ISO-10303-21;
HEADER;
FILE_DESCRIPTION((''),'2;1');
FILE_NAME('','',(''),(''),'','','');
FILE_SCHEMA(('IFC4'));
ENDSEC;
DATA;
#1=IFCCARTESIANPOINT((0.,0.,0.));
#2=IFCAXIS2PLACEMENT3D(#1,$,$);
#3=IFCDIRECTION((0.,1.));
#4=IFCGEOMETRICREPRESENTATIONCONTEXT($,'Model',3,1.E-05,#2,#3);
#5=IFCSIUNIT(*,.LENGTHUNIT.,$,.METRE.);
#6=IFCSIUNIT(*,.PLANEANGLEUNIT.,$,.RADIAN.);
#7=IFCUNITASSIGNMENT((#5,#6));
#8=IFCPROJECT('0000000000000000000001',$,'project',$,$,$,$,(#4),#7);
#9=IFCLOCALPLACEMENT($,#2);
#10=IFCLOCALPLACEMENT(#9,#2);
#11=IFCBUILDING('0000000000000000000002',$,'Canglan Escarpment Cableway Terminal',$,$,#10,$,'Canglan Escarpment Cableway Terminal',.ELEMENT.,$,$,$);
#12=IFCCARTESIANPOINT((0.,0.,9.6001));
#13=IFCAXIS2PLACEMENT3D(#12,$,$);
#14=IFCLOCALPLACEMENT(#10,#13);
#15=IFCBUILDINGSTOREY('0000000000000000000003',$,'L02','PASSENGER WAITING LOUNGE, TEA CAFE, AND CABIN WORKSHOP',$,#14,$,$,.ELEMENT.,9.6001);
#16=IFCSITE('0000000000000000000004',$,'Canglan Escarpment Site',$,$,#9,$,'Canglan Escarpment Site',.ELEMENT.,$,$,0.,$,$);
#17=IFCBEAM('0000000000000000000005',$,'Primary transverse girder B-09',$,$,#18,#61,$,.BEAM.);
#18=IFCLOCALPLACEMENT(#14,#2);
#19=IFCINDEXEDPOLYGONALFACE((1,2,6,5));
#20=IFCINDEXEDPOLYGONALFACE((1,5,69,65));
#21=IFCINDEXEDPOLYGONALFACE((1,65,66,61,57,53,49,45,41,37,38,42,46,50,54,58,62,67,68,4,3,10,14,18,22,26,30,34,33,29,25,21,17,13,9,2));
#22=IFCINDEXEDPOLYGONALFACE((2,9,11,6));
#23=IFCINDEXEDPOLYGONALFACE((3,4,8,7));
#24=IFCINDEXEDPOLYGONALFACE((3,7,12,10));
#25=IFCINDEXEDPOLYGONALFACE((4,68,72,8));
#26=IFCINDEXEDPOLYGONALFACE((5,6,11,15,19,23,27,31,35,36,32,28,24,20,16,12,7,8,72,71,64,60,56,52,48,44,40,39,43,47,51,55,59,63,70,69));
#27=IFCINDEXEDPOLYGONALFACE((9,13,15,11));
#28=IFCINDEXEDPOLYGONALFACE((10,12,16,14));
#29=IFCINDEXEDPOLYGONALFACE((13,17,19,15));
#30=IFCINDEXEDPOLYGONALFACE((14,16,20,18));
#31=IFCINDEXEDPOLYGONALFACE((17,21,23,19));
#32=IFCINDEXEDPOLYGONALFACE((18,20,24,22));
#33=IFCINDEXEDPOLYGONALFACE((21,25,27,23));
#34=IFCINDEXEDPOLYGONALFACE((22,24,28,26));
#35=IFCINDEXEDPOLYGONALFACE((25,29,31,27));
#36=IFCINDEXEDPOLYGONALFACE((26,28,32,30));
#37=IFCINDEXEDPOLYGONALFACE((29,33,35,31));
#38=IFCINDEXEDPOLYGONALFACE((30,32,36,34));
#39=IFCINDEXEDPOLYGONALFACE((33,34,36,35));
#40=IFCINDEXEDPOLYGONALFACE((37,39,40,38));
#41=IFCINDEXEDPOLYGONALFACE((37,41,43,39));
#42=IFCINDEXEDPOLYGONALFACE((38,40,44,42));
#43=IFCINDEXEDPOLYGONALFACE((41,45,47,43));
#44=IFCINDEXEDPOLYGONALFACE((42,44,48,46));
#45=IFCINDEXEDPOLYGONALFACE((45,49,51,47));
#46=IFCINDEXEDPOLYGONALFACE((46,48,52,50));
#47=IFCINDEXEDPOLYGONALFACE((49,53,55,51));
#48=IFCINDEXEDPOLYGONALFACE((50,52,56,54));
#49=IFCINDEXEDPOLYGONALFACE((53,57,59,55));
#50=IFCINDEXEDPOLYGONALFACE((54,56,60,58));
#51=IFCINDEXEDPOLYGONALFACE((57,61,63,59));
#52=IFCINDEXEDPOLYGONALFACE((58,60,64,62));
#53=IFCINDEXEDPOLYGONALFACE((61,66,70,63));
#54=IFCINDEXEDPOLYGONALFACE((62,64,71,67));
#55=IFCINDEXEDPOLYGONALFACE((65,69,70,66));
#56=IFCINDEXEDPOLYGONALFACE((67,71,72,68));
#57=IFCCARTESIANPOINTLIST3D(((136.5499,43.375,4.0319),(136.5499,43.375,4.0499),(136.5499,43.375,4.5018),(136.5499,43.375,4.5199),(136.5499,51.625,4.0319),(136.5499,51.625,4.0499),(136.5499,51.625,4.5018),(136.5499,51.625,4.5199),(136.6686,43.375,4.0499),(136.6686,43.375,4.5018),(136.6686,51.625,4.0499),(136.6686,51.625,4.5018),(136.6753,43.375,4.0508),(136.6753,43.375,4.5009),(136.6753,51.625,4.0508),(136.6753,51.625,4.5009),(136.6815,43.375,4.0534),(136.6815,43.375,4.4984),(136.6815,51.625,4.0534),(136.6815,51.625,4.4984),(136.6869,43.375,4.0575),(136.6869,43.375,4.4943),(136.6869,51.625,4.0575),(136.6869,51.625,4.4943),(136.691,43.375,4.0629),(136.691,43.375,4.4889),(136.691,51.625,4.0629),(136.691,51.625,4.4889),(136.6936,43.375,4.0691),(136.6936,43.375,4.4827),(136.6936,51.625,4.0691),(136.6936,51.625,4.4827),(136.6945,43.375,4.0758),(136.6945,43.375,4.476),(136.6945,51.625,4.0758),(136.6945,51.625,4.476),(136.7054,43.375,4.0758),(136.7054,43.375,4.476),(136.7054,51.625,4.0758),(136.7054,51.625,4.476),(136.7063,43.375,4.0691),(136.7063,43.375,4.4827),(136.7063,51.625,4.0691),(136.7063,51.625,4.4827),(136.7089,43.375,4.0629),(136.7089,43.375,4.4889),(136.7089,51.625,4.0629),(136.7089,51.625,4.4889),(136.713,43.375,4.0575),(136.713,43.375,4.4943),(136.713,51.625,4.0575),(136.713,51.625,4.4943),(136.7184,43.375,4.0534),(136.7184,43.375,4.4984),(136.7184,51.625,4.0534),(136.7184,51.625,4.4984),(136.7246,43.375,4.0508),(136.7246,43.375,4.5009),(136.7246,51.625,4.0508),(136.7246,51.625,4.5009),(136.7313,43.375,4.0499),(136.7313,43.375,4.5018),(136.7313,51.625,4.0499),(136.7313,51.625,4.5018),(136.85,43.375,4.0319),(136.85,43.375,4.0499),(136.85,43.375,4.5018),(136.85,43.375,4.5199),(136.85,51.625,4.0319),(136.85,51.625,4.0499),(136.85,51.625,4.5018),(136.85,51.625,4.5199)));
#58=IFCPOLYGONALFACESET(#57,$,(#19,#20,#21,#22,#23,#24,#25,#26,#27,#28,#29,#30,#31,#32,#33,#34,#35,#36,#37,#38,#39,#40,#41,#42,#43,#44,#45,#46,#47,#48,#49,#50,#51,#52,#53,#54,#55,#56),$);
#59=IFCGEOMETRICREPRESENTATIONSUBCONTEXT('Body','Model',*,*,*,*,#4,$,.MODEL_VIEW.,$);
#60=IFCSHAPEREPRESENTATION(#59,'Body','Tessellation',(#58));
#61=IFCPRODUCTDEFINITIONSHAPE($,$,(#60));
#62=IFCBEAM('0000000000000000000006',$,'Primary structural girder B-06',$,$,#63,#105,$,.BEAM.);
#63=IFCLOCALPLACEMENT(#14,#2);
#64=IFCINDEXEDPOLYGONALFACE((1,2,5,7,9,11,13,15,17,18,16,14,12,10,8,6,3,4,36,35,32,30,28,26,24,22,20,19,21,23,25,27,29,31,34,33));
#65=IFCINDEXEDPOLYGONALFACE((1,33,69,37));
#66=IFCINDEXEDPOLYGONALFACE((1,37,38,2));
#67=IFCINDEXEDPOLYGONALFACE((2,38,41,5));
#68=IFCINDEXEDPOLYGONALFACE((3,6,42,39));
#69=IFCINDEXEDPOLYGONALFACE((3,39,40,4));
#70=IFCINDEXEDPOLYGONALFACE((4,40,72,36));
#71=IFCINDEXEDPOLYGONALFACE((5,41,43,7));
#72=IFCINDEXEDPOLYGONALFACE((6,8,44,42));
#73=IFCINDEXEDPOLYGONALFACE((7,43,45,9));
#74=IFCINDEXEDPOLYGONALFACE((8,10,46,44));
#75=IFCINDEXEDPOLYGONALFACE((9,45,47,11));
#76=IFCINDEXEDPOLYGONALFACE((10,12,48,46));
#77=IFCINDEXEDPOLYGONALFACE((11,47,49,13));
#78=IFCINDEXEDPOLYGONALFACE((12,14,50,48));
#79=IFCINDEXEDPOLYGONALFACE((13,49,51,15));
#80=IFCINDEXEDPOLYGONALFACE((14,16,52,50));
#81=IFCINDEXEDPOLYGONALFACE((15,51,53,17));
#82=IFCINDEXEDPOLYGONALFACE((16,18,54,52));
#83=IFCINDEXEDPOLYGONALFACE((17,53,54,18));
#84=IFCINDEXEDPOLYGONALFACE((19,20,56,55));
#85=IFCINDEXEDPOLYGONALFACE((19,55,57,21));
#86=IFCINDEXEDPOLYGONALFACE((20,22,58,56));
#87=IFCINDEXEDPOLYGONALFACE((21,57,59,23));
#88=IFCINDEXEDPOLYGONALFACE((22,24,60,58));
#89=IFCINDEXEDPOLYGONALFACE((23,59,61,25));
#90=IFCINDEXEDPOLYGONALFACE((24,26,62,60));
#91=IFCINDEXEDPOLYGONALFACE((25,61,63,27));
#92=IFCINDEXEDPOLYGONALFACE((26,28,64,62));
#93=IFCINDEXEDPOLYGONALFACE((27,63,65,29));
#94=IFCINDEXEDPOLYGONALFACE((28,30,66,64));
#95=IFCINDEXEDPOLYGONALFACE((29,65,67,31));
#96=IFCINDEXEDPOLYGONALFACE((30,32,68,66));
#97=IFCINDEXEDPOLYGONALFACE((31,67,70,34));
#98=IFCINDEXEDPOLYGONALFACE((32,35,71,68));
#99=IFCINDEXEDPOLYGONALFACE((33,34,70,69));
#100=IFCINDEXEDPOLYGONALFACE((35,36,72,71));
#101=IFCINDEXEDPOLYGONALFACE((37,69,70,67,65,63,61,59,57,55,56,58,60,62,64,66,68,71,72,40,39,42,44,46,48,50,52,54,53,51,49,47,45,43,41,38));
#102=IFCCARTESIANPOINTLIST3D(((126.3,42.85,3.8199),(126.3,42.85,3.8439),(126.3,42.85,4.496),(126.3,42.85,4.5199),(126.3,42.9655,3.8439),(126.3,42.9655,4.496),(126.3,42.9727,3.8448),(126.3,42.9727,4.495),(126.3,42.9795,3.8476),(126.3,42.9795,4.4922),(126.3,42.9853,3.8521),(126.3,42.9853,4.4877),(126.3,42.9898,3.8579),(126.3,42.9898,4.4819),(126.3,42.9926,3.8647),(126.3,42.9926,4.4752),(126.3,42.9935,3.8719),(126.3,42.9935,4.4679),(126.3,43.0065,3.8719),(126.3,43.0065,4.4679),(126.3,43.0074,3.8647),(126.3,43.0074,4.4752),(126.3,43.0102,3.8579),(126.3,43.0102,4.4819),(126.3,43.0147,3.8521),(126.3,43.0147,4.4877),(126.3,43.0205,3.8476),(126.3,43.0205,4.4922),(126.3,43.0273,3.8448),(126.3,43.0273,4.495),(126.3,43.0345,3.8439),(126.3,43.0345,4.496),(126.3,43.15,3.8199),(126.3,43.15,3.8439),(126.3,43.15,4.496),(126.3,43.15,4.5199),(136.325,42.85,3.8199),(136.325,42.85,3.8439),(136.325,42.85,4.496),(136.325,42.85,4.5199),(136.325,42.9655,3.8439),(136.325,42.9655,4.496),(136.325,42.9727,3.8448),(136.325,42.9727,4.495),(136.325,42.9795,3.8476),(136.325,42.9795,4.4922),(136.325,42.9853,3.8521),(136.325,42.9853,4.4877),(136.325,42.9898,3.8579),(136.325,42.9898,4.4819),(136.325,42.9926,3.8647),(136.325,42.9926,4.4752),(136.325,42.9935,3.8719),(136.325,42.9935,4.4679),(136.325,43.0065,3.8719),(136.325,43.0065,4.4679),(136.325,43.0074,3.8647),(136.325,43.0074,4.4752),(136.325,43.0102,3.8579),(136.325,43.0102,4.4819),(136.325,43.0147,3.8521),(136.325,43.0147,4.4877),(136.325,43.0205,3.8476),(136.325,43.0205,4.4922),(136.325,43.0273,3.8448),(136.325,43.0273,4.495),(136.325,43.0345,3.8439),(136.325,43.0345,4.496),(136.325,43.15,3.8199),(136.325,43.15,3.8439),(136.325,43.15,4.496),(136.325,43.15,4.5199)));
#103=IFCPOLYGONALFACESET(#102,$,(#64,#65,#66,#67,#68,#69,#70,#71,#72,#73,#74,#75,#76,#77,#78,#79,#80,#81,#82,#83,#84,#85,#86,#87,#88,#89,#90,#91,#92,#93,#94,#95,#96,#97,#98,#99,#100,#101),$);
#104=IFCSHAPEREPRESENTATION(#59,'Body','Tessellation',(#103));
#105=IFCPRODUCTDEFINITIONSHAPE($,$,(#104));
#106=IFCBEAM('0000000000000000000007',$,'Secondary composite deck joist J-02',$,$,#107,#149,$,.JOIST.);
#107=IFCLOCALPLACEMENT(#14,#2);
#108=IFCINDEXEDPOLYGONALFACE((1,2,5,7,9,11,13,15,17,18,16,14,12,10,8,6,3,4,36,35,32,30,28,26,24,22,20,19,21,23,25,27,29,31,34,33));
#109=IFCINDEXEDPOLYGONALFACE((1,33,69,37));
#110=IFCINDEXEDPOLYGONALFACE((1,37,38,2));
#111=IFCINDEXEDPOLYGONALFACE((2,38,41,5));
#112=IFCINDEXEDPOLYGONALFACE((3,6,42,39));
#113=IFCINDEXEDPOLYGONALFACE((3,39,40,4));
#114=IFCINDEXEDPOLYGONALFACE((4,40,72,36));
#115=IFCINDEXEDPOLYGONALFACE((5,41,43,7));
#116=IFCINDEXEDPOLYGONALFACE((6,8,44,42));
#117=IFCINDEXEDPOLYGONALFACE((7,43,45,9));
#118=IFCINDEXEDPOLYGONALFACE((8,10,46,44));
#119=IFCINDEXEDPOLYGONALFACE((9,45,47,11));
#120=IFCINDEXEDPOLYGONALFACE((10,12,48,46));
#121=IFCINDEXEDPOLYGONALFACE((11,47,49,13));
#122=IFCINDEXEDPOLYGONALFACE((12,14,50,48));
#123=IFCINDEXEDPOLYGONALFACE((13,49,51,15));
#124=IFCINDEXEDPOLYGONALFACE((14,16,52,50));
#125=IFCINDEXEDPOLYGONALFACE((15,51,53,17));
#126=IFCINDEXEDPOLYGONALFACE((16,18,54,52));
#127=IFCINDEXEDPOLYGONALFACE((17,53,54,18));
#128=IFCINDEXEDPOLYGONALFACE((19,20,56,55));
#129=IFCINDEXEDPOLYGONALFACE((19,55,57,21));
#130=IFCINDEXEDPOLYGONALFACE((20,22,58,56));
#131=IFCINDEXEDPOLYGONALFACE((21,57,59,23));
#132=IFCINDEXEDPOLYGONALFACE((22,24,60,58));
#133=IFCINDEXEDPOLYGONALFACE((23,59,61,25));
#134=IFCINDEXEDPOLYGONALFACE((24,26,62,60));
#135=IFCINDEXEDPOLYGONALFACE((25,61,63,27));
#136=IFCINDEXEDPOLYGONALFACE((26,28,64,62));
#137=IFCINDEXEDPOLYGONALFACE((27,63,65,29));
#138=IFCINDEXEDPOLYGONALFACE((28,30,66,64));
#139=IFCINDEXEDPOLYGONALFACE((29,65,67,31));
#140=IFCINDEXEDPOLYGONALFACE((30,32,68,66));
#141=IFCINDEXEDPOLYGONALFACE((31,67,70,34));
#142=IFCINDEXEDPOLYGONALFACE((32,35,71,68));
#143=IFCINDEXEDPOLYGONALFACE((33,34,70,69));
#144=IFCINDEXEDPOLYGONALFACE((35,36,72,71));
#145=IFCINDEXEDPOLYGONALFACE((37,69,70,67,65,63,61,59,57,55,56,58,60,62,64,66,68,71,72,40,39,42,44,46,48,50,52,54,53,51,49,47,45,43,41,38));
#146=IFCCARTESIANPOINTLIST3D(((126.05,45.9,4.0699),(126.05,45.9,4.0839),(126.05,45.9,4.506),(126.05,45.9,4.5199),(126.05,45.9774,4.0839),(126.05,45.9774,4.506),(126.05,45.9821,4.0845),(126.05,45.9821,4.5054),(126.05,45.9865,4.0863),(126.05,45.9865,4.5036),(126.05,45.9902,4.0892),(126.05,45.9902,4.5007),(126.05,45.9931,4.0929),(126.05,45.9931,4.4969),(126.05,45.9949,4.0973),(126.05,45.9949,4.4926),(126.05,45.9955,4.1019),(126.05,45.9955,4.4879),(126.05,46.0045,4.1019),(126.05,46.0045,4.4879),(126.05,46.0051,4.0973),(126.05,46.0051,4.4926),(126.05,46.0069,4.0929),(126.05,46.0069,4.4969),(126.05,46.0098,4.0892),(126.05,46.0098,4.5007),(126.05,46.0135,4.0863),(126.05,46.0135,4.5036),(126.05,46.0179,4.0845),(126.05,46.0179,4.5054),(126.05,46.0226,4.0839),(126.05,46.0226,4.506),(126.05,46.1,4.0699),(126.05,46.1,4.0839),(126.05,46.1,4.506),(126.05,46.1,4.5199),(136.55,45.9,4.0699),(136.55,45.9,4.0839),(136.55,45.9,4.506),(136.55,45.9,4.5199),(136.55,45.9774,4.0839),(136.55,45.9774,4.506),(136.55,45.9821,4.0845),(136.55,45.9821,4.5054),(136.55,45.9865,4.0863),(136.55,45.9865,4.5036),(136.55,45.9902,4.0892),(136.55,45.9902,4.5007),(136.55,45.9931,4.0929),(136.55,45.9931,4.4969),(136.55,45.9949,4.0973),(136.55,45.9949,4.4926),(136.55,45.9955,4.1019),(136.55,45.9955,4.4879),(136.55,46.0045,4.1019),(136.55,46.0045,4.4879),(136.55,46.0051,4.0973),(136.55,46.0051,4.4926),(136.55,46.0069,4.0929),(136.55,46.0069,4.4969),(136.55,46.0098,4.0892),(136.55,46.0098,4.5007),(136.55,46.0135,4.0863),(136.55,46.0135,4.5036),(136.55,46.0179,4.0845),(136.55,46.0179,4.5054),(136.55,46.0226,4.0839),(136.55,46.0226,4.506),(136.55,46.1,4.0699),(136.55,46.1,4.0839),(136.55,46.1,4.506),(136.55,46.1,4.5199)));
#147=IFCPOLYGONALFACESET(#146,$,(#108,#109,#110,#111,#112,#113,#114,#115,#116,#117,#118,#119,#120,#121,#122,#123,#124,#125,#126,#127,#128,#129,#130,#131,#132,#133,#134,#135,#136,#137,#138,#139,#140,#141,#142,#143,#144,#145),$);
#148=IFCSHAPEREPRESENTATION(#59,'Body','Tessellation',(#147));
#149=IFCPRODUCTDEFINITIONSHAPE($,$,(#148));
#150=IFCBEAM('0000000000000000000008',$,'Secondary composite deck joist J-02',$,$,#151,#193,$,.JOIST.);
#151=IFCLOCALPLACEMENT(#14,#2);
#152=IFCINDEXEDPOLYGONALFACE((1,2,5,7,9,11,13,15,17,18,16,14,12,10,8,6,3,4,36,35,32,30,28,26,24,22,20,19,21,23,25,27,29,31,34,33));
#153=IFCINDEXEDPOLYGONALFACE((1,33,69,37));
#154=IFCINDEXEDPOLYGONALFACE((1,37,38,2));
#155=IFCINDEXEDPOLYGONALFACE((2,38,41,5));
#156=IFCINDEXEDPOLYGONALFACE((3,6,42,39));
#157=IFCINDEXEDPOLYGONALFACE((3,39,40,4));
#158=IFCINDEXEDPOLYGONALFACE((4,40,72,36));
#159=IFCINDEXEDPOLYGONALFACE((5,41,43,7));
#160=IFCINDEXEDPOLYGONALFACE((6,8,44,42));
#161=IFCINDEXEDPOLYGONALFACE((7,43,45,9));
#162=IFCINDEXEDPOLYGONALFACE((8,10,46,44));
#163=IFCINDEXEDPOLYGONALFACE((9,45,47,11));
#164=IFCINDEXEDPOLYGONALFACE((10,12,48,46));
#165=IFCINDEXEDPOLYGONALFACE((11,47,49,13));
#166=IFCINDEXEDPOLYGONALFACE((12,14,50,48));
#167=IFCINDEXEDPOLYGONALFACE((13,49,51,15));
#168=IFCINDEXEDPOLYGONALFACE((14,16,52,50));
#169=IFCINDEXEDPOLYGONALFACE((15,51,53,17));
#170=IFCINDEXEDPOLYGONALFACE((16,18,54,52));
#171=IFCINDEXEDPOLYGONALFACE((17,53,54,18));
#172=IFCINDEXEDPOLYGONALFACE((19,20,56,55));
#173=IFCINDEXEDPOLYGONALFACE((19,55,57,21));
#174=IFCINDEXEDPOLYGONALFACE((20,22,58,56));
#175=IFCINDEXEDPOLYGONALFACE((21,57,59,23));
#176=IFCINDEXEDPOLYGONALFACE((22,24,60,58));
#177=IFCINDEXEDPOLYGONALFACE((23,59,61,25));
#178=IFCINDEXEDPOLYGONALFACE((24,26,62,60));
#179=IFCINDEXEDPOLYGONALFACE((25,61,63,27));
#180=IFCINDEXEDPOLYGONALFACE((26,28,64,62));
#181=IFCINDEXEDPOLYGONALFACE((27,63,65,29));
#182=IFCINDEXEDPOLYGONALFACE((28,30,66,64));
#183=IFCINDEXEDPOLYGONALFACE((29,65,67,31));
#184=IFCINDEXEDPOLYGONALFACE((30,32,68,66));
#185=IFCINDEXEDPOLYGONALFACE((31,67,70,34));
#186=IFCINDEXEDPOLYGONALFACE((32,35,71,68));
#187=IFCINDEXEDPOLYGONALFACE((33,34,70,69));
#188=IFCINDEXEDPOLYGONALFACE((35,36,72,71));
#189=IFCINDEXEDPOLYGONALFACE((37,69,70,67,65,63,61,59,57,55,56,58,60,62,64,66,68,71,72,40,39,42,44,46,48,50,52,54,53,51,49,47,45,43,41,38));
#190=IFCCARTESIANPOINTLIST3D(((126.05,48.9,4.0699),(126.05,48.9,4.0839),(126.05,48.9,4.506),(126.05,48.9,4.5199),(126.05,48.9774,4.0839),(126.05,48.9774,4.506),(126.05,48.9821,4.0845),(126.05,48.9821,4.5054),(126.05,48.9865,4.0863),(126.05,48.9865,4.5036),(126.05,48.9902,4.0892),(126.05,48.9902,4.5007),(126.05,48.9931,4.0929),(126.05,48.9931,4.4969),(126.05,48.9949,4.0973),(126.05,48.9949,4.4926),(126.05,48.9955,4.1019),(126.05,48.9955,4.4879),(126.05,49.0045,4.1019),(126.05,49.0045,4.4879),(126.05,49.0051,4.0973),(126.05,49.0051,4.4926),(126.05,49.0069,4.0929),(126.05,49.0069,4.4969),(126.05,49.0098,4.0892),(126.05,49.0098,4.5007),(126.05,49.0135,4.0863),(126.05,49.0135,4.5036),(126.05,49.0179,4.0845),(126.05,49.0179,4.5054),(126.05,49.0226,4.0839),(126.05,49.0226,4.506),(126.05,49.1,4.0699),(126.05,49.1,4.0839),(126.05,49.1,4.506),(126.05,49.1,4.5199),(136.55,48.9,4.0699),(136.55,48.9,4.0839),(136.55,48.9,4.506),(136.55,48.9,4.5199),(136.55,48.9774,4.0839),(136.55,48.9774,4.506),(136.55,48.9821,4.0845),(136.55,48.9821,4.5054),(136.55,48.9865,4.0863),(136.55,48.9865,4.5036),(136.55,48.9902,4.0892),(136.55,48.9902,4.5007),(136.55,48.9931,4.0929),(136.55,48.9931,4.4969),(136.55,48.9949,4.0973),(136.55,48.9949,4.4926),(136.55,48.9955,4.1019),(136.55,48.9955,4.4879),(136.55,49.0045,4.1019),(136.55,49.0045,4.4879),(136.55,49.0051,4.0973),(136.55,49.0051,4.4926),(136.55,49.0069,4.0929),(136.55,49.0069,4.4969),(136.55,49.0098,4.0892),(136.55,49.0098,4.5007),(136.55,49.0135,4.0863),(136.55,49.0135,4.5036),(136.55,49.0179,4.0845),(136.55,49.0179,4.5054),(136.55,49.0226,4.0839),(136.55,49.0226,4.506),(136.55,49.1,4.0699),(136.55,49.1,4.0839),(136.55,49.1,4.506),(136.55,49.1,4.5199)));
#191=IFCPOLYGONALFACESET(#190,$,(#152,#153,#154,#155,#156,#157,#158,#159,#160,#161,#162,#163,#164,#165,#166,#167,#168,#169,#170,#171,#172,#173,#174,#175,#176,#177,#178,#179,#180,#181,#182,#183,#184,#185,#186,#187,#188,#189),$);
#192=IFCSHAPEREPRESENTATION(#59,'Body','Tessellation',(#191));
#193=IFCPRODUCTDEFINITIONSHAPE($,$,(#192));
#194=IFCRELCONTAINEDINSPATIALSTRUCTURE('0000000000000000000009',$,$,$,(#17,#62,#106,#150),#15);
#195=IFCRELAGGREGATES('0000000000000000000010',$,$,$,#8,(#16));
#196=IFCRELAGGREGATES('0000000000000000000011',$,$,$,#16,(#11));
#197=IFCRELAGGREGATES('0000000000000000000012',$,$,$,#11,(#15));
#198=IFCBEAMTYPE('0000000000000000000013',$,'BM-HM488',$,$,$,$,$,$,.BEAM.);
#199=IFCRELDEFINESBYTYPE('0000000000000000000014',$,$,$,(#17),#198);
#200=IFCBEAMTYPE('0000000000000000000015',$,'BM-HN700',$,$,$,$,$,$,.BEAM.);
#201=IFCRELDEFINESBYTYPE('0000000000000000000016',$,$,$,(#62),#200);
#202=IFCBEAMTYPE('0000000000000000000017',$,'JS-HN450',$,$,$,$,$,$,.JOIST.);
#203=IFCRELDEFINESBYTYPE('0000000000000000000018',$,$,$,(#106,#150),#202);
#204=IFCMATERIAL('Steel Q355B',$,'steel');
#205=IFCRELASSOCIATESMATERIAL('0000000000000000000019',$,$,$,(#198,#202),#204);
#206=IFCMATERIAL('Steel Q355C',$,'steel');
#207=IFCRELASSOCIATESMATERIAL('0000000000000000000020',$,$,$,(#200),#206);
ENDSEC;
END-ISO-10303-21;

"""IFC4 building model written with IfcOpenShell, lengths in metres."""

from ifc_helpers import new_model, si_unit, direction, frame, origin, origin_2d, place, context, subcontext, project, spatial, i_section, extrude, material, material_profile, profile_set, type_object, element, save


model = new_model("IFC4")

# Units and contexts
model_context = context("Model", 3, precision=1e-05, world=origin(), true_north=direction((0.0, 1.0)))
body_context = subcontext(model_context, "Body", "Model", "MODEL_VIEW")
ifc_project = project(units=[si_unit("LENGTHUNIT", "METRE"), si_unit("PLANEANGLEUNIT", "RADIAN")], contexts=[model_context])

# Site, building, storey
site_placement = place(None, origin())
site = spatial("IfcSite", under=ifc_project, at=site_placement, Name="Canglan Escarpment Site", LongName="Canglan Escarpment Site", CompositionType="ELEMENT", RefElevation=0.0)
building_placement = place(site_placement, origin())
building = spatial("IfcBuilding", under=site, at=building_placement, Name="Canglan Escarpment Cableway Terminal", LongName="Canglan Escarpment Cableway Terminal", CompositionType="ELEMENT")
storey_placement = place(building_placement, frame((0.0, 0.0, 9.6001)))
storey = spatial("IfcBuildingStorey", under=building, at=storey_placement, Name="L02", Description="PASSENGER WAITING LOUNGE, TEA CAFE, AND CABIN WORKSHOP", CompositionType="ELEMENT", Elevation=9.6001)

# Beams
ifc_material_1 = material(Name="Steel Q355B", Category="steel")
ifc_material_profile_1 = material_profile(ifc_material_1, i_section(OverallWidth=0.3, OverallDepth=0.488, WebThickness=0.011, FlangeThickness=0.0181, FilletRadius=0.0259, at=origin_2d()), Name="HM 488x300x11x18")
ifc_profile_set_1 = profile_set([ifc_material_profile_1], Name="Steel Q355B")
beam_type_1 = type_object("IfcBeamType", Name="BM-HM488", PredefinedType="BEAM", material=ifc_profile_set_1)
beam_1_placement = place(storey_placement, frame((136.7, 43.375, 4.2759), z_axis=(0.0, 1.0, 0.0), x_axis=(-1.0, 0.0, 0.0)))
element("IfcBeam", 1, at=beam_1_placement, inside=storey, type_object=beam_type_1, Name="Primary transverse girder B-09", PredefinedType="BEAM", context=body_context, shape_type="SweptSolid", body=[
    extrude(i_section(OverallWidth=0.3, OverallDepth=0.488, WebThickness=0.011, FlangeThickness=0.0181, FilletRadius=0.0259, at=origin_2d()), origin(), (0.0, 0.0, 1.0), 8.25),
])
ifc_material_2 = material(Name="Steel Q355C", Category="steel")
ifc_material_profile_2 = material_profile(ifc_material_2, i_section(OverallWidth=0.3, OverallDepth=0.7, WebThickness=0.0129, FlangeThickness=0.0239, FilletRadius=0.0281, at=origin_2d()), Name="HN 700x300x13x24")
ifc_profile_set_2 = profile_set([ifc_material_profile_2], Name="Steel Q355C")
beam_type_2 = type_object("IfcBeamType", Name="BM-HN700", PredefinedType="BEAM", material=ifc_profile_set_2)
beam_2_placement = place(storey_placement, frame((126.3, 43.0, 4.1699), z_axis=(1.0, 0.0, 0.0), x_axis=(0.0, 1.0, 0.0)))
element("IfcBeam", 2, at=beam_2_placement, inside=storey, type_object=beam_type_2, Name="Primary structural girder B-06", PredefinedType="BEAM", context=body_context, shape_type="SweptSolid", body=[
    extrude(i_section(OverallWidth=0.3, OverallDepth=0.7, WebThickness=0.0129, FlangeThickness=0.0239, FilletRadius=0.0281, at=origin_2d()), origin(), (0.0, 0.0, 1.0), 10.0249),
])
ifc_material_profile_3 = material_profile(ifc_material_1, i_section(OverallWidth=0.2, OverallDepth=0.45, WebThickness=0.009, FlangeThickness=0.0139, FilletRadius=0.0181, at=origin_2d()), Name="HN 450x200x9x14")
ifc_profile_set_3 = profile_set([ifc_material_profile_3], Name="Steel Q355B")
beam_type_3 = type_object("IfcBeamType", Name="JS-HN450", PredefinedType="JOIST", material=ifc_profile_set_3)
for number, where, z_axis, x_axis, name in (
    (3, (126.05, 46.0, 4.2949), (1.0, 0.0, 0.0), (0.0, 1.0, 0.0), "Secondary composite deck joist J-02"),
    (4, (126.05, 49.0, 4.2949), (1.0, 0.0, 0.0), (0.0, 1.0, 0.0), "Secondary composite deck joist J-02"),
):
    element("IfcBeam", number, at=place(storey_placement, frame(where, z_axis=z_axis, x_axis=x_axis)), inside=storey, type_object=beam_type_3, Name=name, PredefinedType="JOIST", context=body_context, shape_type="SweptSolid", body=[
        extrude(i_section(OverallWidth=0.2, OverallDepth=0.45, WebThickness=0.009, FlangeThickness=0.0139, FilletRadius=0.0181, at=origin_2d()), origin(), (0.0, 0.0, 1.0), 10.5),
    ])

save(model, "model.ifc")
